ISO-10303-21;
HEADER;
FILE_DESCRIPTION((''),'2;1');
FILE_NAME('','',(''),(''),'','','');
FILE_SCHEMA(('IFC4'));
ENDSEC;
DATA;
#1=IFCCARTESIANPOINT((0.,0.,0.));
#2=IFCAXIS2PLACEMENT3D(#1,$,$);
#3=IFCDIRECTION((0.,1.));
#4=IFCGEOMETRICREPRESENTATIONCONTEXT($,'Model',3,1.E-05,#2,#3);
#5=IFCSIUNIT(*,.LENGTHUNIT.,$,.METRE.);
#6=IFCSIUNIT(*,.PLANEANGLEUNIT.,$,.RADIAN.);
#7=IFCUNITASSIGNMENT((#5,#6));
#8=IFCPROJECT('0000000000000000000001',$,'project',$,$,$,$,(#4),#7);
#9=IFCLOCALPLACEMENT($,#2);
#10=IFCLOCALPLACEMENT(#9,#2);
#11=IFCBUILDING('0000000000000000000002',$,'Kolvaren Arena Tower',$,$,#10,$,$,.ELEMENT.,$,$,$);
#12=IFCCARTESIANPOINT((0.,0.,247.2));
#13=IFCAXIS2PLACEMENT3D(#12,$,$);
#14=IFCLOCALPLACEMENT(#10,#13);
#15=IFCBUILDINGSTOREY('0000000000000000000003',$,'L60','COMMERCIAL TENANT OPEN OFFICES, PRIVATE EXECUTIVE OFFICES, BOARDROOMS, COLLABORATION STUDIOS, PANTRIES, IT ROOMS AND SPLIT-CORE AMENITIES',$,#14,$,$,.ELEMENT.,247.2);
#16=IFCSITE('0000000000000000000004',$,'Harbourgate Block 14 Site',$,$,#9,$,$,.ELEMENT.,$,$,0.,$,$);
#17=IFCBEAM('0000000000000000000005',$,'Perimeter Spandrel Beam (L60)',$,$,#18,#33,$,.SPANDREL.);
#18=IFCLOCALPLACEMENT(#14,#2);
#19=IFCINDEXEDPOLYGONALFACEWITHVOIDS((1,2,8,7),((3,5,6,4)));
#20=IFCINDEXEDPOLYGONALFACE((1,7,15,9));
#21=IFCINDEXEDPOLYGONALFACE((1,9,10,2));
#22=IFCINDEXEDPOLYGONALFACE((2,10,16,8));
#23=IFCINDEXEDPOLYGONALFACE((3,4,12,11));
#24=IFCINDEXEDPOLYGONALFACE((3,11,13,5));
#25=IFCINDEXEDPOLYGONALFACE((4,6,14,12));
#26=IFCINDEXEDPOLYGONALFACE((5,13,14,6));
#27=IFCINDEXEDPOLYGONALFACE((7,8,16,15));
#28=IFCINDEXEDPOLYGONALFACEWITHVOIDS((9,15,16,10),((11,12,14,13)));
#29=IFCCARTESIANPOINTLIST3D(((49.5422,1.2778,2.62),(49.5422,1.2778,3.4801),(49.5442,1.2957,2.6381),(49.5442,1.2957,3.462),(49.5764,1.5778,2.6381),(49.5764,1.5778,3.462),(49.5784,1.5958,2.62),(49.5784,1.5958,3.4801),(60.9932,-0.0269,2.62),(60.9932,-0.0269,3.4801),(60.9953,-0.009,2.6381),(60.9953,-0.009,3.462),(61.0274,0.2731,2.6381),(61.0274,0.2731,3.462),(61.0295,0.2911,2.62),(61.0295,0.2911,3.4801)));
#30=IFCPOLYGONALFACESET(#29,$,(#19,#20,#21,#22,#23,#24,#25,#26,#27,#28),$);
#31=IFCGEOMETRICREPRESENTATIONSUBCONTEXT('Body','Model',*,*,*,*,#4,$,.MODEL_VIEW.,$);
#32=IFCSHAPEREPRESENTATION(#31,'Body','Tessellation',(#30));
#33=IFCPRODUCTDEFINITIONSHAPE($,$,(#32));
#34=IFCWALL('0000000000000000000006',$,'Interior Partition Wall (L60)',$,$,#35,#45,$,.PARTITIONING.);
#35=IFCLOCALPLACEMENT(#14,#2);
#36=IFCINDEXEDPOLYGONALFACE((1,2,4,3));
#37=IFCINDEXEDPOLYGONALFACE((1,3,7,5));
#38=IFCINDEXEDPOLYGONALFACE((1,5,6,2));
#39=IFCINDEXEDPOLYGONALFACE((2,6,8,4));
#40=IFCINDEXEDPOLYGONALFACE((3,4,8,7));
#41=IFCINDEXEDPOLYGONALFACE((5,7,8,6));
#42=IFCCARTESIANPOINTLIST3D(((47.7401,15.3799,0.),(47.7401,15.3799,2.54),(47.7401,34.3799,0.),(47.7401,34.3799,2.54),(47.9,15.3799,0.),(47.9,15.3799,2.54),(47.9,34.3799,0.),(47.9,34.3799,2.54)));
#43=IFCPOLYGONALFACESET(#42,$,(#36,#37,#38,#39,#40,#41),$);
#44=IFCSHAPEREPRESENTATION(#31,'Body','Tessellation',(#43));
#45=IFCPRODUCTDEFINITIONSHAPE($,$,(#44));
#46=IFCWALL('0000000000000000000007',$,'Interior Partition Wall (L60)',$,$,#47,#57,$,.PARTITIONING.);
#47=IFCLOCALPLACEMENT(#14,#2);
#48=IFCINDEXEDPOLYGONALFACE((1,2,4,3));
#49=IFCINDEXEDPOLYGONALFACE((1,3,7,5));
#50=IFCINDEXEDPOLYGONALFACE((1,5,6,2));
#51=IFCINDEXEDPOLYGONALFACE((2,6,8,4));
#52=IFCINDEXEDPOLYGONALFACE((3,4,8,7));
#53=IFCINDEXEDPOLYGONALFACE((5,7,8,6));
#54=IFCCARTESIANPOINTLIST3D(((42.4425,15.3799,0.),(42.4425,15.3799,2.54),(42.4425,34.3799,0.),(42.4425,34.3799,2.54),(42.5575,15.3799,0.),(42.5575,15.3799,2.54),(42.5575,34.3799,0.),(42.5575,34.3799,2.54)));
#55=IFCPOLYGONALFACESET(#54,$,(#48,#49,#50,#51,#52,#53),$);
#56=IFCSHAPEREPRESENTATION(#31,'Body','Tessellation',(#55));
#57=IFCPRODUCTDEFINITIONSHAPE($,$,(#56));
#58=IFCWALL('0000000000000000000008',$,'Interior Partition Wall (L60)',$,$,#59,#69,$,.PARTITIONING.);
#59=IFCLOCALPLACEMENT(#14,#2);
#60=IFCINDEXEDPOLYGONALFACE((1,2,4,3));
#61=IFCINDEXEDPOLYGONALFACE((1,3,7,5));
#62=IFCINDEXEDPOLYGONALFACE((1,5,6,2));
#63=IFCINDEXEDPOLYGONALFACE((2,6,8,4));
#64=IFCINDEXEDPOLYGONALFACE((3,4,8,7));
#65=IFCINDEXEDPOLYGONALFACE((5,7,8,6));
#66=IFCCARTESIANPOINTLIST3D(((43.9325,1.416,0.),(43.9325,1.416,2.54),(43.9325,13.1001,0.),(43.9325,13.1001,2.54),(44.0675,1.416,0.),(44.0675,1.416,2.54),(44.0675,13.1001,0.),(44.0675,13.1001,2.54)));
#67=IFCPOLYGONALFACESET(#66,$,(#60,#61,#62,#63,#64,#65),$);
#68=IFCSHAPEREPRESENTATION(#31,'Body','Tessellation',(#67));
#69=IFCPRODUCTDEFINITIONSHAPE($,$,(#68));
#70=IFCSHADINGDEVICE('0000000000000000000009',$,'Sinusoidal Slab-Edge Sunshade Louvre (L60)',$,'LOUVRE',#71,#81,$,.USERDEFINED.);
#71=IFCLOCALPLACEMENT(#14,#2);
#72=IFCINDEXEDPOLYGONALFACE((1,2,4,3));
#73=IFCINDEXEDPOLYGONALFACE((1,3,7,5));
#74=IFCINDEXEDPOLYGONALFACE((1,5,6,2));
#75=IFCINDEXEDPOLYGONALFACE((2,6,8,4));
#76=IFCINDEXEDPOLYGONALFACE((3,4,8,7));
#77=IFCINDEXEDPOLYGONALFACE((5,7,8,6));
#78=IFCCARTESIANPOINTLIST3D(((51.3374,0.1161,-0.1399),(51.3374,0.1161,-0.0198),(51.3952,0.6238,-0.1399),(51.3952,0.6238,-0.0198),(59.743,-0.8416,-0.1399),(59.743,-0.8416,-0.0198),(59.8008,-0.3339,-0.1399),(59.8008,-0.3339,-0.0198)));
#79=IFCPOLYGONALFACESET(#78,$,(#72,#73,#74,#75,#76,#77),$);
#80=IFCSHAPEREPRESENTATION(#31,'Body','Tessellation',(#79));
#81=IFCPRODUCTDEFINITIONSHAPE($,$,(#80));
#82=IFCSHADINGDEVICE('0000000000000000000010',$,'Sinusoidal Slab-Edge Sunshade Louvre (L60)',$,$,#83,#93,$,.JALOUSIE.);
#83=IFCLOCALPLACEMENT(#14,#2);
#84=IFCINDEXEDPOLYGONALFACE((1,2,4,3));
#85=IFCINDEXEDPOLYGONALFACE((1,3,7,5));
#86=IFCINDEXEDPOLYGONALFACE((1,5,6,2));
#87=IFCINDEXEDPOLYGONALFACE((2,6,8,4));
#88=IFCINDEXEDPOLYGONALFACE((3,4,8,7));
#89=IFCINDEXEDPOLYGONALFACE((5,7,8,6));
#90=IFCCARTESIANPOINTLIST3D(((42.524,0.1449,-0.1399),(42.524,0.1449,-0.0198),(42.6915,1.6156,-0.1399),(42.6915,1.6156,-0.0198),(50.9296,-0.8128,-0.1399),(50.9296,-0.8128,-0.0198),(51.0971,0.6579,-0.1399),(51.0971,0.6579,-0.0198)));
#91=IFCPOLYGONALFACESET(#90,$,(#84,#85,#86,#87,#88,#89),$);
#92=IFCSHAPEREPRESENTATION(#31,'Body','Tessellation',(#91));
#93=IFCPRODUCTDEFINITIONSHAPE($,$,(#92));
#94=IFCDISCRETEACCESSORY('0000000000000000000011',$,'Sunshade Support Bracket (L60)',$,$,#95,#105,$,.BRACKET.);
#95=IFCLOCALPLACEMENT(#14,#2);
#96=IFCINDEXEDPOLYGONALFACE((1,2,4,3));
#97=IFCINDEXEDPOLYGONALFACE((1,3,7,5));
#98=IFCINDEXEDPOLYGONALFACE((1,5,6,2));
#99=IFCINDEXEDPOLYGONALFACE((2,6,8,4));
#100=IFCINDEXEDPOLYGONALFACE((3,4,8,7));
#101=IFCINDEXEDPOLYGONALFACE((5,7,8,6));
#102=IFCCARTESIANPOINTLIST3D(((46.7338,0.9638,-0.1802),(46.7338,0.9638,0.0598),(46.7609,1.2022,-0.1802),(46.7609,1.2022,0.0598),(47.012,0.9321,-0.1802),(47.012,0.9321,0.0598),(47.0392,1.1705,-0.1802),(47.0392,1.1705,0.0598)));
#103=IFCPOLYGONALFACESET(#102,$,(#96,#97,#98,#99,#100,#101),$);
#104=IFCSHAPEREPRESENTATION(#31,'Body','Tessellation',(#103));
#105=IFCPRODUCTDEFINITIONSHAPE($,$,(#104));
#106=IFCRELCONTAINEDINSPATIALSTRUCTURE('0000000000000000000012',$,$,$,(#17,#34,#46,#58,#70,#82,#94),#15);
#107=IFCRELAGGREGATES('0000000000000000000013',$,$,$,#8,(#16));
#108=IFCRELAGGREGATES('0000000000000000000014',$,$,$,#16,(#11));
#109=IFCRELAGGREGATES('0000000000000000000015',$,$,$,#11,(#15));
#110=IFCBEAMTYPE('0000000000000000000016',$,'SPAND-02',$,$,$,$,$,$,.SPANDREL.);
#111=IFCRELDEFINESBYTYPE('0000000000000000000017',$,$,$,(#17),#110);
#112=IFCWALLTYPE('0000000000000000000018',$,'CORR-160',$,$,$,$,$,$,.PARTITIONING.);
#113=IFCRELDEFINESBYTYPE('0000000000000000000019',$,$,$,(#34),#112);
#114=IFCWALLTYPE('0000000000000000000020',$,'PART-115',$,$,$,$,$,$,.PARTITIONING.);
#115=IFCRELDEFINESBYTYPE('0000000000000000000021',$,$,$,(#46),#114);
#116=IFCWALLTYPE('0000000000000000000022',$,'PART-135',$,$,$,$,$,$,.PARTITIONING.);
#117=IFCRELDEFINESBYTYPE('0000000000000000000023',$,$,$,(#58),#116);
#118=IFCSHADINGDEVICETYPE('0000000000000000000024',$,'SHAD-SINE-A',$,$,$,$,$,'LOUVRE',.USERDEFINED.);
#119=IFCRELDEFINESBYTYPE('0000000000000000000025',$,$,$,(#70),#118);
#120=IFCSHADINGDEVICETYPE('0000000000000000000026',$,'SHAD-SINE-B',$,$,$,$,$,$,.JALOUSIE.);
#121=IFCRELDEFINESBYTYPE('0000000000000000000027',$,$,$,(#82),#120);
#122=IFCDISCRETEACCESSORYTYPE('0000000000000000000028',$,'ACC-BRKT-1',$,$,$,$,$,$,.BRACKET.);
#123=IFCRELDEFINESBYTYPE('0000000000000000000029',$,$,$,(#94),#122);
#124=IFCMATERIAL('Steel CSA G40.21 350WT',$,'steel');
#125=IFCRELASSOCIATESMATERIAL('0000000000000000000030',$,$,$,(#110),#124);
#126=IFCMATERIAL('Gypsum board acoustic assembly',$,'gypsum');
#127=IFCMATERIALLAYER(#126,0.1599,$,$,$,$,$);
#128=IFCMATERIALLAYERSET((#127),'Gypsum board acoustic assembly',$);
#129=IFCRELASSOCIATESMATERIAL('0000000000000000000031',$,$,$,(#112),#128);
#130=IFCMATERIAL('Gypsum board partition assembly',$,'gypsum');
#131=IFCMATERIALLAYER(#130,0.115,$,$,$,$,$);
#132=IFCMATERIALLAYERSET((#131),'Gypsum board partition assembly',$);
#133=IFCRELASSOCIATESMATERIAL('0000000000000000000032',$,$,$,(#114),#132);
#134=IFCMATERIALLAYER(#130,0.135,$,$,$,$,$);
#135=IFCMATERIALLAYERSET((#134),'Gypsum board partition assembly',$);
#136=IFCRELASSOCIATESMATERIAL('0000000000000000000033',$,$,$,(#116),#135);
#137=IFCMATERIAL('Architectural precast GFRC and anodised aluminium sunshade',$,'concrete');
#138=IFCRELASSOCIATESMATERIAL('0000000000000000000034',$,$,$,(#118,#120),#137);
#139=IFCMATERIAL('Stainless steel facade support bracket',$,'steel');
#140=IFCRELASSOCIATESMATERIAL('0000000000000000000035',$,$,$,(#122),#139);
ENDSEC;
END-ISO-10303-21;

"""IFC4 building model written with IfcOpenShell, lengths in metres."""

from ifc_helpers import new_model, si_unit, direction, frame, frame_2d, origin, origin_2d, place, context, subcontext, project, spatial, rectangle, hollow_rectangle, extrude, material, layer, layer_set, material_profile, profile_set, type_object, element, save


model = new_model("IFC4")

# Units and contexts
model_context = context("Model", 3, precision=1e-05, world=origin(), true_north=direction((0.0, 1.0)))
body_context = subcontext(model_context, "Body", "Model", "MODEL_VIEW")
ifc_project = project(units=[si_unit("LENGTHUNIT", "METRE"), si_unit("PLANEANGLEUNIT", "RADIAN")], contexts=[model_context])

# Site, building, storey
site_placement = place(None, origin())
site = spatial("IfcSite", under=ifc_project, at=site_placement, Name="Harbourgate Block 14 Site", CompositionType="ELEMENT", RefElevation=0.0)
building_placement = place(site_placement, origin())
building = spatial("IfcBuilding", under=site, at=building_placement, Name="Kolvaren Arena Tower", CompositionType="ELEMENT")
storey_placement = place(building_placement, frame((0.0, 0.0, 247.2)))
storey = spatial("IfcBuildingStorey", under=building, at=storey_placement, Name="L60", Description="COMMERCIAL TENANT OPEN OFFICES, PRIVATE EXECUTIVE OFFICES, BOARDROOMS, COLLABORATION STUDIOS, PANTRIES, IT ROOMS AND SPLIT-CORE AMENITIES", CompositionType="ELEMENT", Elevation=247.2)

# Beam
ifc_material_1 = material(Name="Steel CSA G40.21 350WT", Category="steel")
ifc_material_profile_1 = material_profile(ifc_material_1, hollow_rectangle(XDim=0.3201, YDim=0.8601, WallThickness=0.0181, at=origin_2d()), Name="HSS 860x320x18")
ifc_profile_set_1 = profile_set([ifc_material_profile_1], Name="Steel CSA G40.21 350WT")
beam_type_1 = type_object("IfcBeamType", Name="SPAND-02", PredefinedType="SPANDREL", material=ifc_profile_set_1)
beam_1_placement = place(storey_placement, frame((49.5603, 1.4368, 3.05), z_axis=(0.993572, -0.113202, 0.0), x_axis=(0.113202, 0.993572, 0.0)))
element("IfcBeam", 1, at=beam_1_placement, inside=storey, type_object=beam_type_1, Name="Perimeter Spandrel Beam (L60)", PredefinedType="SPANDREL", context=body_context, shape_type="SweptSolid", body=[
    extrude(hollow_rectangle(XDim=0.3201, YDim=0.8601, WallThickness=0.0181, at=origin_2d()), origin(), (0.0, 0.0, 1.0), 11.5251),
])

# Walls
ifc_material_2 = material(Name="Gypsum board acoustic assembly", Category="gypsum")
ifc_layer_1 = layer(ifc_material_2, 0.1599)
ifc_layer_set_1 = layer_set([ifc_layer_1], Name="Gypsum board acoustic assembly")
wall_type_1 = type_object("IfcWallType", Name="CORR-160", PredefinedType="PARTITIONING", material=ifc_layer_set_1)
wall_1_placement = place(storey_placement, frame((47.8201, 15.3799, 0.0), z_axis=(0.0, 0.0, 1.0), x_axis=(0.0, 1.0, 0.0)))
element("IfcWall", 2, at=wall_1_placement, inside=storey, type_object=wall_type_1, Name="Interior Partition Wall (L60)", PredefinedType="PARTITIONING", context=body_context, shape_type="SweptSolid", body=[
    extrude(rectangle(XDim=19.0, YDim=0.1599, at=frame_2d((9.5, 0.0))), origin(), (0.0, 0.0, 1.0), 2.54),
])
ifc_material_3 = material(Name="Gypsum board partition assembly", Category="gypsum")
ifc_layer_2 = layer(ifc_material_3, 0.115)
ifc_layer_set_2 = layer_set([ifc_layer_2], Name="Gypsum board partition assembly")
wall_type_2 = type_object("IfcWallType", Name="PART-115", PredefinedType="PARTITIONING", material=ifc_layer_set_2)
wall_2_placement = place(storey_placement, frame((42.5, 15.3799, 0.0), z_axis=(0.0, 0.0, 1.0), x_axis=(0.0, 1.0, 0.0)))
element("IfcWall", 3, at=wall_2_placement, inside=storey, type_object=wall_type_2, Name="Interior Partition Wall (L60)", PredefinedType="PARTITIONING", context=body_context, shape_type="SweptSolid", body=[
    extrude(rectangle(XDim=19.0, YDim=0.115, at=frame_2d((9.5, 0.0))), origin(), (0.0, 0.0, 1.0), 2.54),
])
ifc_layer_3 = layer(ifc_material_3, 0.135)
ifc_layer_set_3 = layer_set([ifc_layer_3], Name="Gypsum board partition assembly")
wall_type_3 = type_object("IfcWallType", Name="PART-135", PredefinedType="PARTITIONING", material=ifc_layer_set_3)
wall_3_placement = place(storey_placement, frame((44.0, 1.416, 0.0), z_axis=(0.0, 0.0, 1.0), x_axis=(0.0, 1.0, 0.0)))
element("IfcWall", 4, at=wall_3_placement, inside=storey, type_object=wall_type_3, Name="Interior Partition Wall (L60)", PredefinedType="PARTITIONING", context=body_context, shape_type="SweptSolid", body=[
    extrude(rectangle(XDim=11.6841, YDim=0.135, at=frame_2d((5.842, 0.0))), origin(), (0.0, 0.0, 1.0), 2.54),
])

# Shading devices
ifc_material_4 = material(Name="Architectural precast GFRC and anodised aluminium sunshade", Category="concrete")
shading_device_type_1 = type_object("IfcShadingDeviceType", Name="SHAD-SINE-A", ElementType="LOUVRE", PredefinedType="USERDEFINED", material=ifc_material_4)
shading_device_1_placement = place(storey_placement, frame((55.5691, -0.1089, -0.1399), z_axis=(0.0, 0.0, 1.0), x_axis=(-0.993572, 0.113205, 0.0)))
element("IfcShadingDevice", 5, at=shading_device_1_placement, inside=storey, type_object=shading_device_type_1, Name="Sinusoidal Slab-Edge Sunshade Louvre (L60)", ObjectType="LOUVRE", PredefinedType="USERDEFINED", context=body_context, shape_type="SweptSolid", body=[
    extrude(rectangle(XDim=8.46, YDim=0.511, at=origin_2d()), origin(), (0.0, 0.0, 1.0), 0.1201),
])
shading_device_type_2 = type_object("IfcShadingDeviceType", Name="SHAD-SINE-B", PredefinedType="JALOUSIE", material=ifc_material_4)
shading_device_2_placement = place(storey_placement, frame((46.8105, 0.4014, -0.1399), z_axis=(0.0, 0.0, 1.0), x_axis=(-0.993572, 0.113205, 0.0)))
element("IfcShadingDevice", 6, at=shading_device_2_placement, inside=storey, type_object=shading_device_type_2, Name="Sinusoidal Slab-Edge Sunshade Louvre (L60)", PredefinedType="JALOUSIE", context=body_context, shape_type="SweptSolid", body=[
    extrude(rectangle(XDim=8.46, YDim=1.4802, at=origin_2d()), origin(), (0.0, 0.0, 1.0), 0.1201),
])

# Discrete accessory
ifc_material_5 = material(Name="Stainless steel facade support bracket", Category="steel")
discrete_accessory_type = type_object("IfcDiscreteAccessoryType", Name="ACC-BRKT-1", PredefinedType="BRACKET", material=ifc_material_5)
discrete_accessory_placement = place(storey_placement, frame((46.8865, 1.0671, -0.1802), z_axis=(0.0, 0.0, 1.0), x_axis=(-0.993572, 0.113205, 0.0)))
element("IfcDiscreteAccessory", 7, at=discrete_accessory_placement, inside=storey, type_object=discrete_accessory_type, Name="Sunshade Support Bracket (L60)", PredefinedType="BRACKET", context=body_context, shape_type="SweptSolid", body=[
    extrude(rectangle(XDim=0.28, YDim=0.24, at=origin_2d()), origin(), (0.0, 0.0, 1.0), 0.24),
])

save(model, "model.ifc")
